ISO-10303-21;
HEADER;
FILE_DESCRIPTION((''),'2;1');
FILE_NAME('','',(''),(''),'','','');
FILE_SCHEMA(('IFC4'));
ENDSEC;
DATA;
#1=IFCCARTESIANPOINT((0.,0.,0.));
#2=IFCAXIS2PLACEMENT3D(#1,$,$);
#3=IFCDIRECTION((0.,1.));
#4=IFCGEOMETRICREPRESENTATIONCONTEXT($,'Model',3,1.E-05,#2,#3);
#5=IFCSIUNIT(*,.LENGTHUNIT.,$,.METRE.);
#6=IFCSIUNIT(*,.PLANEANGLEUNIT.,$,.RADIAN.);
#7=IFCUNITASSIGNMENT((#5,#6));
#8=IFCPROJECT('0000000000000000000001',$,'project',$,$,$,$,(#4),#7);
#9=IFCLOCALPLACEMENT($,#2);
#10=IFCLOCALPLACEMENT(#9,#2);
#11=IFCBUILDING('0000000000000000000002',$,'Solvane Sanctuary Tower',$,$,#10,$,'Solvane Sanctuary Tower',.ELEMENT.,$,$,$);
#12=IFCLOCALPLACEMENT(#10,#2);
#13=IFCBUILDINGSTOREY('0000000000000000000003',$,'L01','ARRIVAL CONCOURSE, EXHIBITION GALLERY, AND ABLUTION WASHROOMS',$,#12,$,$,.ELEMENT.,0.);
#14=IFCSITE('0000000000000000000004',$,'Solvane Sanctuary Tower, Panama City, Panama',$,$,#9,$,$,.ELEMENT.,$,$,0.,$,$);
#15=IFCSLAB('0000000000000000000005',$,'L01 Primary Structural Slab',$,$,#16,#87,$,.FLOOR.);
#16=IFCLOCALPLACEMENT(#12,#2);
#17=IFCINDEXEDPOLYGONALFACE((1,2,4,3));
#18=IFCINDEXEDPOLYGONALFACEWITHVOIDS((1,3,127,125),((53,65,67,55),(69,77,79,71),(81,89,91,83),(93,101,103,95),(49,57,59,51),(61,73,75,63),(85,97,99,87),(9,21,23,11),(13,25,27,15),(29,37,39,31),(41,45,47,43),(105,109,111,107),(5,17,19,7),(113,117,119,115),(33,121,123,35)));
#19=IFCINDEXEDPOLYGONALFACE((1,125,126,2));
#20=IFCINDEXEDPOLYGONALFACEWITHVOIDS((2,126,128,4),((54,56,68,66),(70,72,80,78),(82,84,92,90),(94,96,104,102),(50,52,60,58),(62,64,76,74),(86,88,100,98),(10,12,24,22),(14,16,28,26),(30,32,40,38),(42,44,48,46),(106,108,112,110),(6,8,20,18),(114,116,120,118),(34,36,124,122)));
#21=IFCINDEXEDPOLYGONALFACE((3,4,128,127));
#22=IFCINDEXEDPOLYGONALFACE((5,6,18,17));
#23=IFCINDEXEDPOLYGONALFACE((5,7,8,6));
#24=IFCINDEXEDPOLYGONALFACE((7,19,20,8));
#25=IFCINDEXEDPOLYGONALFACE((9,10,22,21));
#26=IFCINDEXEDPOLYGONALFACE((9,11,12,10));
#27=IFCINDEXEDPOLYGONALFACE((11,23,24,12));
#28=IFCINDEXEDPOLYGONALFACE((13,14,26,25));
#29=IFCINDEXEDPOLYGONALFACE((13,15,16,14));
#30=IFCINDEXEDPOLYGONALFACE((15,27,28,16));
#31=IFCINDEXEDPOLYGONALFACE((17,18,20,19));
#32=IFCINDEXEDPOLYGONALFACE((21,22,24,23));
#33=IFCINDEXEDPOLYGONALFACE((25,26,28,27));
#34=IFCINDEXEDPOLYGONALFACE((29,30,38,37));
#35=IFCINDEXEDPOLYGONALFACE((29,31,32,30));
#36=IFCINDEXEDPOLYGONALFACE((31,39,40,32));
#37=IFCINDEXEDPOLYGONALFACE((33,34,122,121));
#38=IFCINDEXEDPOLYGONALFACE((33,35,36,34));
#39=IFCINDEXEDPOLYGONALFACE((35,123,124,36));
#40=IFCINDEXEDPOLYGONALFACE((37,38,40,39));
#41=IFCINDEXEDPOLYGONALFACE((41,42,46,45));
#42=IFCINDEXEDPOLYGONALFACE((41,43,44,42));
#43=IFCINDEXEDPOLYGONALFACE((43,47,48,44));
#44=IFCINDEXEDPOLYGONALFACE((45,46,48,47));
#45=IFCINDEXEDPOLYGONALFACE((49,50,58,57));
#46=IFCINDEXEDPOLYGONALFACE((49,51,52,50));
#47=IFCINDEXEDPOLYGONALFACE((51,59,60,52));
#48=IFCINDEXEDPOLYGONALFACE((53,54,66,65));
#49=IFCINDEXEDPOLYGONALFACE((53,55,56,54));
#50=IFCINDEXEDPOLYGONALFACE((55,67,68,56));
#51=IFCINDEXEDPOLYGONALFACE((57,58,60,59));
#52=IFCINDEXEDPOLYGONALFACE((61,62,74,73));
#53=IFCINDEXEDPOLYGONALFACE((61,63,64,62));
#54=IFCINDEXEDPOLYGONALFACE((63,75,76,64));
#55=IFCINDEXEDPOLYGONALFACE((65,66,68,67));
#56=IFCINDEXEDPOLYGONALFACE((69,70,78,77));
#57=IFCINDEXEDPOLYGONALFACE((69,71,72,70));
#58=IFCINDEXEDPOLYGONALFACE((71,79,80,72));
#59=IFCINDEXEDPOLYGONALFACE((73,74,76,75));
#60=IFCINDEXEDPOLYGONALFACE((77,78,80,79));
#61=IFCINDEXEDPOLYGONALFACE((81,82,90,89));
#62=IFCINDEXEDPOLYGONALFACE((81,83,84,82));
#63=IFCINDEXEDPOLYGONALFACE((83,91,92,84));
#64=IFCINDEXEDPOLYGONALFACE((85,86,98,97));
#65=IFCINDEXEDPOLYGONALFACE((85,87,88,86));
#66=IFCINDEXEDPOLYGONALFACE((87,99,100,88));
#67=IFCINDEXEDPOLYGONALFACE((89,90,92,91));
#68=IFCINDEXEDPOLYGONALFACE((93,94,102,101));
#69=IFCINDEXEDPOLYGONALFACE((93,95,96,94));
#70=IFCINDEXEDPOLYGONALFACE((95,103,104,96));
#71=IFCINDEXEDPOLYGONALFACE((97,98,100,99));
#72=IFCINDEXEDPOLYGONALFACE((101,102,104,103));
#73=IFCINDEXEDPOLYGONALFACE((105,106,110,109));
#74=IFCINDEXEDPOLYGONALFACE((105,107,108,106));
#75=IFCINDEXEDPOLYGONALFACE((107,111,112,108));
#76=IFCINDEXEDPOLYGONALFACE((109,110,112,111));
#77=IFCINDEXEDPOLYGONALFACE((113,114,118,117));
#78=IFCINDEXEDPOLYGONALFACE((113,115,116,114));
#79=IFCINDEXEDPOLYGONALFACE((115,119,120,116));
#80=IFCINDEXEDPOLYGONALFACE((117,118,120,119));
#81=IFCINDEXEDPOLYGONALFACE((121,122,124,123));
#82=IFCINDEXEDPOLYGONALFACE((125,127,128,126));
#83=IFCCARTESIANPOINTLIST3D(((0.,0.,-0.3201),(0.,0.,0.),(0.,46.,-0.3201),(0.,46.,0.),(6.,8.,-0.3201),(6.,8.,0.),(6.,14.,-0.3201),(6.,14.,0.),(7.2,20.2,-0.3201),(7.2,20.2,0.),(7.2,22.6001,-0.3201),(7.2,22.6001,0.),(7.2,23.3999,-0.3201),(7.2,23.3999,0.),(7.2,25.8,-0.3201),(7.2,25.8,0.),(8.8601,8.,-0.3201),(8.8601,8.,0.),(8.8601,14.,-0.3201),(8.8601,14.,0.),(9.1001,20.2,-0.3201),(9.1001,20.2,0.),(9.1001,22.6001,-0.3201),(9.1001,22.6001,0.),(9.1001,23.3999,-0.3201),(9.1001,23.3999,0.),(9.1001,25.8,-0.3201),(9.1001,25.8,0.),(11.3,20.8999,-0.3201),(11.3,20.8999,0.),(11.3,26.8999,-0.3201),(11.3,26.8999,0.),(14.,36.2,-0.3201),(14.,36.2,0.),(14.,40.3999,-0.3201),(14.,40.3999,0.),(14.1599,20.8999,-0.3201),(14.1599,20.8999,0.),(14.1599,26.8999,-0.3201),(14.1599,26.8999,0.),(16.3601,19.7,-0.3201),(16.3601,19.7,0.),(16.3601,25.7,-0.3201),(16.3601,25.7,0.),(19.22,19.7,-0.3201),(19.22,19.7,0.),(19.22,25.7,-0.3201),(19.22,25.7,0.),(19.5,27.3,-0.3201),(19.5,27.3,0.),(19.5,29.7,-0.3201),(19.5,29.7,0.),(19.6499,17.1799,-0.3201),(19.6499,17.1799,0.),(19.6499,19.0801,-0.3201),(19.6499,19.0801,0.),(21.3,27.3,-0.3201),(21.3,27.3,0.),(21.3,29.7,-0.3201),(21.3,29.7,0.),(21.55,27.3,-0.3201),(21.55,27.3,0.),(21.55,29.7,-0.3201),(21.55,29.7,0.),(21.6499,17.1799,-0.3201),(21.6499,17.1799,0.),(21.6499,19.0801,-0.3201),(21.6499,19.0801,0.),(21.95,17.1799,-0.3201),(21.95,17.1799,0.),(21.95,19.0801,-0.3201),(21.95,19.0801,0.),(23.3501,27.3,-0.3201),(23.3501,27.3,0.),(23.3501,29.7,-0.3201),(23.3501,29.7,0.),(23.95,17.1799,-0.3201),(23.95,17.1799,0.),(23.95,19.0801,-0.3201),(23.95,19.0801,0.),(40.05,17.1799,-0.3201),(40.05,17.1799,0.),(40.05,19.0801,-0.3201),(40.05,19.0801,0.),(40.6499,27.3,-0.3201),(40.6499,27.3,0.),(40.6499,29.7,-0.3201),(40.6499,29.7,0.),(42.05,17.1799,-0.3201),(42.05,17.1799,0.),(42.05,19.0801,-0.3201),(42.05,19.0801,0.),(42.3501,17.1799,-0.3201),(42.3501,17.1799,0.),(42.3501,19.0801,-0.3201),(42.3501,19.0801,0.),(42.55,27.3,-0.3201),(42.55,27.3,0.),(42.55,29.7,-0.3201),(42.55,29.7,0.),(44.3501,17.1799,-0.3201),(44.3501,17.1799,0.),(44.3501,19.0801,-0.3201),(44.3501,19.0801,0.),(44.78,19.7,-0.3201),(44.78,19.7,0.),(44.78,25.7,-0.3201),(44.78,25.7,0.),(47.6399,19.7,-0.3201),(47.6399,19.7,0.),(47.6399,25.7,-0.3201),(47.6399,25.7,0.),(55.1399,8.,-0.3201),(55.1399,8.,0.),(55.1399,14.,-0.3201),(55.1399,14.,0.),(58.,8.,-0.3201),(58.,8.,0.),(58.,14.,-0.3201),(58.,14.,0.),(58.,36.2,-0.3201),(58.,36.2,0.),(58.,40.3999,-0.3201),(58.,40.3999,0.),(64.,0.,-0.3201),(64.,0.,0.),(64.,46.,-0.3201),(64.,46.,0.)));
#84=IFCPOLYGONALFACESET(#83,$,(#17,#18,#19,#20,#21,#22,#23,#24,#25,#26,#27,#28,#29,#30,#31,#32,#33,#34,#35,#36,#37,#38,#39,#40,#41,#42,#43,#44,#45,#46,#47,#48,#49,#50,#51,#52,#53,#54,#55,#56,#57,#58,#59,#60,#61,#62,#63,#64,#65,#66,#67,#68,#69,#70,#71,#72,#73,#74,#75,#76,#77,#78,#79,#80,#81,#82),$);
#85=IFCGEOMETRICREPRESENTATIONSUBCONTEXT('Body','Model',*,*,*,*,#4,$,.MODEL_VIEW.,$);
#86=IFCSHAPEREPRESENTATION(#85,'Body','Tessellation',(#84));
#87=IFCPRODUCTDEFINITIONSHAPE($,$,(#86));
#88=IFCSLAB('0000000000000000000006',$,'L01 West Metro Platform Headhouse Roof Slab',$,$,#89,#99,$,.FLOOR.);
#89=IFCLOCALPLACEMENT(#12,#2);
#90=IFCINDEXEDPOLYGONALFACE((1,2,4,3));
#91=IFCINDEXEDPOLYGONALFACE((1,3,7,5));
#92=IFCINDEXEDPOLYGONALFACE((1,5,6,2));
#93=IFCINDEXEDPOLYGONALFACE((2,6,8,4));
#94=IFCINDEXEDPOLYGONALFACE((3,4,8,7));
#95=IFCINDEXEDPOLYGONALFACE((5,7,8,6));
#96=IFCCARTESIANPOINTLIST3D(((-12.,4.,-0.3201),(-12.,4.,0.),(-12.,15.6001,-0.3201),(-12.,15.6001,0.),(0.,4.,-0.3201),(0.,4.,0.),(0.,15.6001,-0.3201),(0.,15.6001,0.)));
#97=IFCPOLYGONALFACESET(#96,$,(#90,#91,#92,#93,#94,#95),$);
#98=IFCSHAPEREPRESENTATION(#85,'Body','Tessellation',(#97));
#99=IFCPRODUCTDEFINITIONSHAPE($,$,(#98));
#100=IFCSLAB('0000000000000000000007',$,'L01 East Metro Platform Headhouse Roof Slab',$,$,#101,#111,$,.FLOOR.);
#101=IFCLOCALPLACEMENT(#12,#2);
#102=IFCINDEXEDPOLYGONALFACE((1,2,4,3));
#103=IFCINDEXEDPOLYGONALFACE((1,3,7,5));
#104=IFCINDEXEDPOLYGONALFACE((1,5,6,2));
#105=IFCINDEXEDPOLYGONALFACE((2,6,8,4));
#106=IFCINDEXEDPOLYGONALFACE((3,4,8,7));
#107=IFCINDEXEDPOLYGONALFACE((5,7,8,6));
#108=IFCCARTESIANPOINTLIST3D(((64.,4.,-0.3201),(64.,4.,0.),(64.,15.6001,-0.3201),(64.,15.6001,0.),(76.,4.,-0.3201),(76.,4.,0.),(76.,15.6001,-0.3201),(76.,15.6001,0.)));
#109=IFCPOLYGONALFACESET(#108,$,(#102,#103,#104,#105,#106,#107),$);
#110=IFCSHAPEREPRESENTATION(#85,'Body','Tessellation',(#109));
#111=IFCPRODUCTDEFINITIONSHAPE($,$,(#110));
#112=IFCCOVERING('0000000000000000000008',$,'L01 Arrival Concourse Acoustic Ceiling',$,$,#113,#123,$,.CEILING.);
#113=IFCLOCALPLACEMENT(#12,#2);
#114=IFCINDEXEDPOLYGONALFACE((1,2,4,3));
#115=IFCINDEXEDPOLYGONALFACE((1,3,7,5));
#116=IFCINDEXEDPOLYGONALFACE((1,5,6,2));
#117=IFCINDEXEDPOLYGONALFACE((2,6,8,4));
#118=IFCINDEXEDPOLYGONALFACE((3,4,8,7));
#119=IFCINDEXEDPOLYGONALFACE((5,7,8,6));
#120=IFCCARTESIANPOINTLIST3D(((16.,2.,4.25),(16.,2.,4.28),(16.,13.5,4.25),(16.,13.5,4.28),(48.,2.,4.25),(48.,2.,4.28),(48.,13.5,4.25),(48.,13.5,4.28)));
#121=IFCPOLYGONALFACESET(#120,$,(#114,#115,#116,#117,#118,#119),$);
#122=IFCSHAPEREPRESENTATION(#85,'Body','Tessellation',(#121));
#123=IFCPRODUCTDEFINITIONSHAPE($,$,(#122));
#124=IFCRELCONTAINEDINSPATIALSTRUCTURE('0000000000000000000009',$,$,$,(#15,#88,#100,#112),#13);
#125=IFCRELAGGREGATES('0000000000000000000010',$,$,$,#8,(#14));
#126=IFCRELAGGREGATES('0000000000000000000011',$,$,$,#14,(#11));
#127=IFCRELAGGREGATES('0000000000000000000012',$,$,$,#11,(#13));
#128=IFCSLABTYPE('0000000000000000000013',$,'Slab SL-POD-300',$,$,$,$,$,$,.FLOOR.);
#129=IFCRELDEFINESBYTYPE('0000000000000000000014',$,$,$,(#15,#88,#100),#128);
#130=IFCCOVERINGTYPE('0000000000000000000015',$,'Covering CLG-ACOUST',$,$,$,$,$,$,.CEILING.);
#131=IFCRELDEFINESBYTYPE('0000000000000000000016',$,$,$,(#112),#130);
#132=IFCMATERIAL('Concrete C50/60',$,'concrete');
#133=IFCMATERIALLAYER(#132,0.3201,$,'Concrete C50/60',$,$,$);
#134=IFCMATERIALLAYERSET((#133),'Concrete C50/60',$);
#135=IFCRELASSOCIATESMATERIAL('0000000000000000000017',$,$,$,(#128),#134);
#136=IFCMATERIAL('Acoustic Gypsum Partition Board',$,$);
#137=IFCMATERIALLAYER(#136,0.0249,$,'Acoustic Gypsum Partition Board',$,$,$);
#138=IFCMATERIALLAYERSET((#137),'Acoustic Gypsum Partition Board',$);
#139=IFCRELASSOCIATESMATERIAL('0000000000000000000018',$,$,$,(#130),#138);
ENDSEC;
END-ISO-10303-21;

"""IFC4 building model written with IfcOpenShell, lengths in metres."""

from ifc_helpers import new_model, si_unit, direction, frame, origin, place, context, subcontext, project, spatial, polyline, outline, extrude, material, layer, layer_set, type_object, element, save


model = new_model("IFC4")

# Units and contexts
model_context = context("Model", 3, precision=1e-05, world=origin(), true_north=direction((0.0, 1.0)))
body_context = subcontext(model_context, "Body", "Model", "MODEL_VIEW")
ifc_project = project(units=[si_unit("LENGTHUNIT", "METRE"), si_unit("PLANEANGLEUNIT", "RADIAN")], contexts=[model_context])

# Site, building, storey
site_placement = place(None, origin())
site = spatial("IfcSite", under=ifc_project, at=site_placement, Name="Solvane Sanctuary Tower, Panama City, Panama", CompositionType="ELEMENT", RefElevation=0.0)
building_placement = place(site_placement, origin())
building = spatial("IfcBuilding", under=site, at=building_placement, Name="Solvane Sanctuary Tower", LongName="Solvane Sanctuary Tower", CompositionType="ELEMENT")
storey_placement = place(building_placement, origin())
storey = spatial("IfcBuildingStorey", under=building, at=storey_placement, Name="L01", Description="ARRIVAL CONCOURSE, EXHIBITION GALLERY, AND ABLUTION WASHROOMS", CompositionType="ELEMENT", Elevation=0.0)

# Shared definitions
ifc_material_1 = material(Name="Concrete C50/60", Category="concrete")

# Slabs
ifc_layer_1 = layer(ifc_material_1, 0.3201, Name="Concrete C50/60")
ifc_layer_set_1 = layer_set([ifc_layer_1], Name="Concrete C50/60")
slab_type_1 = type_object("IfcSlabType", Name="Slab SL-POD-300", PredefinedType="FLOOR", material=ifc_layer_set_1)
slab_1_placement = place(storey_placement, frame((0.0, 0.0, -0.3201)))
element("IfcSlab", 1, at=slab_1_placement, inside=storey, type_object=slab_type_1, Name="L01 Primary Structural Slab", PredefinedType="FLOOR", context=body_context, shape_type="SweptSolid", body=[
    extrude(outline(polyline([(0.0, 0.0), (64.0, 0.0), (64.0, 46.0), (0.0, 46.0), (0.0, 0.0)]), holes=[polyline([(16.3601, 19.7), (16.3601, 25.7), (19.22, 25.7), (19.22, 19.7), (16.3601, 19.7)]), polyline([(44.78, 19.7), (44.78, 25.7), (47.6399, 25.7), (47.6399, 19.7), (44.78, 19.7)]), polyline([(11.3, 20.8999), (11.3, 26.8999), (14.1599, 26.8999), (14.1599, 20.8999), (11.3, 20.8999)]), polyline([(6.0, 8.0), (6.0, 14.0), (8.8601, 14.0), (8.8601, 8.0), (6.0, 8.0)]), polyline([(55.1399, 8.0), (55.1399, 14.0), (58.0, 14.0), (58.0, 8.0), (55.1399, 8.0)]), polyline([(19.6499, 19.0801), (21.6499, 19.0801), (21.6499, 17.1799), (19.6499, 17.1799), (19.6499, 19.0801)]), polyline([(21.95, 19.0801), (23.95, 19.0801), (23.95, 17.1799), (21.95, 17.1799), (21.95, 19.0801)]), polyline([(40.05, 19.0801), (42.05, 19.0801), (42.05, 17.1799), (40.05, 17.1799), (40.05, 19.0801)]), polyline([(42.3501, 19.0801), (44.3501, 19.0801), (44.3501, 17.1799), (42.3501, 17.1799), (42.3501, 19.0801)]), polyline([(19.5, 29.7), (21.3, 29.7), (21.3, 27.3), (19.5, 27.3), (19.5, 29.7)]), polyline([(21.55, 29.7), (23.3501, 29.7), (23.3501, 27.3), (21.55, 27.3), (21.55, 29.7)]), polyline([(40.6499, 29.7), (42.55, 29.7), (42.55, 27.3), (40.6499, 27.3), (40.6499, 29.7)]), polyline([(7.2, 22.6001), (9.1001, 22.6001), (9.1001, 20.2), (7.2, 20.2), (7.2, 22.6001)]), polyline([(7.2, 25.8), (9.1001, 25.8), (9.1001, 23.3999), (7.2, 23.3999), (7.2, 25.8)]), polyline([(14.0, 40.3999), (58.0, 40.3999), (58.0, 36.2), (14.0, 36.2), (14.0, 40.3999)])]), origin(), (0.0, 0.0, 1.0), 0.3201),
])
slab_2_placement = place(storey_placement, frame((0.0, 0.0, -0.3201)))
element("IfcSlab", 2, at=slab_2_placement, inside=storey, type_object=slab_type_1, Name="L01 West Metro Platform Headhouse Roof Slab", PredefinedType="FLOOR", context=body_context, shape_type="SweptSolid", body=[
    extrude(outline(polyline([(-12.0, 4.0), (0.0, 4.0), (0.0, 15.6001), (-12.0, 15.6001), (-12.0, 4.0)])), origin(), (0.0, 0.0, 1.0), 0.3201),
])
slab_3_placement = place(storey_placement, frame((0.0, 0.0, -0.3201)))
element("IfcSlab", 3, at=slab_3_placement, inside=storey, type_object=slab_type_1, Name="L01 East Metro Platform Headhouse Roof Slab", PredefinedType="FLOOR", context=body_context, shape_type="SweptSolid", body=[
    extrude(outline(polyline([(64.0, 4.0), (76.0, 4.0), (76.0, 15.6001), (64.0, 15.6001), (64.0, 4.0)])), origin(), (0.0, 0.0, 1.0), 0.3201),
])

# Covering
ifc_material_2 = material(Name="Acoustic Gypsum Partition Board")
ifc_layer_2 = layer(ifc_material_2, 0.0249, Name="Acoustic Gypsum Partition Board")
ifc_layer_set_2 = layer_set([ifc_layer_2], Name="Acoustic Gypsum Partition Board")
covering_type = type_object("IfcCoveringType", Name="Covering CLG-ACOUST", PredefinedType="CEILING", material=ifc_layer_set_2)
covering_placement = place(storey_placement, frame((0.0, 0.0, 4.25)))
element("IfcCovering", 4, at=covering_placement, inside=storey, type_object=covering_type, Name="L01 Arrival Concourse Acoustic Ceiling", PredefinedType="CEILING", context=body_context, shape_type="SweptSolid", body=[
    extrude(outline(polyline([(16.0, 2.0), (48.0, 2.0), (48.0, 13.5), (16.0, 13.5), (16.0, 2.0)])), origin(), (0.0, 0.0, 1.0), 0.03),
])

save(model, "model.ifc")
